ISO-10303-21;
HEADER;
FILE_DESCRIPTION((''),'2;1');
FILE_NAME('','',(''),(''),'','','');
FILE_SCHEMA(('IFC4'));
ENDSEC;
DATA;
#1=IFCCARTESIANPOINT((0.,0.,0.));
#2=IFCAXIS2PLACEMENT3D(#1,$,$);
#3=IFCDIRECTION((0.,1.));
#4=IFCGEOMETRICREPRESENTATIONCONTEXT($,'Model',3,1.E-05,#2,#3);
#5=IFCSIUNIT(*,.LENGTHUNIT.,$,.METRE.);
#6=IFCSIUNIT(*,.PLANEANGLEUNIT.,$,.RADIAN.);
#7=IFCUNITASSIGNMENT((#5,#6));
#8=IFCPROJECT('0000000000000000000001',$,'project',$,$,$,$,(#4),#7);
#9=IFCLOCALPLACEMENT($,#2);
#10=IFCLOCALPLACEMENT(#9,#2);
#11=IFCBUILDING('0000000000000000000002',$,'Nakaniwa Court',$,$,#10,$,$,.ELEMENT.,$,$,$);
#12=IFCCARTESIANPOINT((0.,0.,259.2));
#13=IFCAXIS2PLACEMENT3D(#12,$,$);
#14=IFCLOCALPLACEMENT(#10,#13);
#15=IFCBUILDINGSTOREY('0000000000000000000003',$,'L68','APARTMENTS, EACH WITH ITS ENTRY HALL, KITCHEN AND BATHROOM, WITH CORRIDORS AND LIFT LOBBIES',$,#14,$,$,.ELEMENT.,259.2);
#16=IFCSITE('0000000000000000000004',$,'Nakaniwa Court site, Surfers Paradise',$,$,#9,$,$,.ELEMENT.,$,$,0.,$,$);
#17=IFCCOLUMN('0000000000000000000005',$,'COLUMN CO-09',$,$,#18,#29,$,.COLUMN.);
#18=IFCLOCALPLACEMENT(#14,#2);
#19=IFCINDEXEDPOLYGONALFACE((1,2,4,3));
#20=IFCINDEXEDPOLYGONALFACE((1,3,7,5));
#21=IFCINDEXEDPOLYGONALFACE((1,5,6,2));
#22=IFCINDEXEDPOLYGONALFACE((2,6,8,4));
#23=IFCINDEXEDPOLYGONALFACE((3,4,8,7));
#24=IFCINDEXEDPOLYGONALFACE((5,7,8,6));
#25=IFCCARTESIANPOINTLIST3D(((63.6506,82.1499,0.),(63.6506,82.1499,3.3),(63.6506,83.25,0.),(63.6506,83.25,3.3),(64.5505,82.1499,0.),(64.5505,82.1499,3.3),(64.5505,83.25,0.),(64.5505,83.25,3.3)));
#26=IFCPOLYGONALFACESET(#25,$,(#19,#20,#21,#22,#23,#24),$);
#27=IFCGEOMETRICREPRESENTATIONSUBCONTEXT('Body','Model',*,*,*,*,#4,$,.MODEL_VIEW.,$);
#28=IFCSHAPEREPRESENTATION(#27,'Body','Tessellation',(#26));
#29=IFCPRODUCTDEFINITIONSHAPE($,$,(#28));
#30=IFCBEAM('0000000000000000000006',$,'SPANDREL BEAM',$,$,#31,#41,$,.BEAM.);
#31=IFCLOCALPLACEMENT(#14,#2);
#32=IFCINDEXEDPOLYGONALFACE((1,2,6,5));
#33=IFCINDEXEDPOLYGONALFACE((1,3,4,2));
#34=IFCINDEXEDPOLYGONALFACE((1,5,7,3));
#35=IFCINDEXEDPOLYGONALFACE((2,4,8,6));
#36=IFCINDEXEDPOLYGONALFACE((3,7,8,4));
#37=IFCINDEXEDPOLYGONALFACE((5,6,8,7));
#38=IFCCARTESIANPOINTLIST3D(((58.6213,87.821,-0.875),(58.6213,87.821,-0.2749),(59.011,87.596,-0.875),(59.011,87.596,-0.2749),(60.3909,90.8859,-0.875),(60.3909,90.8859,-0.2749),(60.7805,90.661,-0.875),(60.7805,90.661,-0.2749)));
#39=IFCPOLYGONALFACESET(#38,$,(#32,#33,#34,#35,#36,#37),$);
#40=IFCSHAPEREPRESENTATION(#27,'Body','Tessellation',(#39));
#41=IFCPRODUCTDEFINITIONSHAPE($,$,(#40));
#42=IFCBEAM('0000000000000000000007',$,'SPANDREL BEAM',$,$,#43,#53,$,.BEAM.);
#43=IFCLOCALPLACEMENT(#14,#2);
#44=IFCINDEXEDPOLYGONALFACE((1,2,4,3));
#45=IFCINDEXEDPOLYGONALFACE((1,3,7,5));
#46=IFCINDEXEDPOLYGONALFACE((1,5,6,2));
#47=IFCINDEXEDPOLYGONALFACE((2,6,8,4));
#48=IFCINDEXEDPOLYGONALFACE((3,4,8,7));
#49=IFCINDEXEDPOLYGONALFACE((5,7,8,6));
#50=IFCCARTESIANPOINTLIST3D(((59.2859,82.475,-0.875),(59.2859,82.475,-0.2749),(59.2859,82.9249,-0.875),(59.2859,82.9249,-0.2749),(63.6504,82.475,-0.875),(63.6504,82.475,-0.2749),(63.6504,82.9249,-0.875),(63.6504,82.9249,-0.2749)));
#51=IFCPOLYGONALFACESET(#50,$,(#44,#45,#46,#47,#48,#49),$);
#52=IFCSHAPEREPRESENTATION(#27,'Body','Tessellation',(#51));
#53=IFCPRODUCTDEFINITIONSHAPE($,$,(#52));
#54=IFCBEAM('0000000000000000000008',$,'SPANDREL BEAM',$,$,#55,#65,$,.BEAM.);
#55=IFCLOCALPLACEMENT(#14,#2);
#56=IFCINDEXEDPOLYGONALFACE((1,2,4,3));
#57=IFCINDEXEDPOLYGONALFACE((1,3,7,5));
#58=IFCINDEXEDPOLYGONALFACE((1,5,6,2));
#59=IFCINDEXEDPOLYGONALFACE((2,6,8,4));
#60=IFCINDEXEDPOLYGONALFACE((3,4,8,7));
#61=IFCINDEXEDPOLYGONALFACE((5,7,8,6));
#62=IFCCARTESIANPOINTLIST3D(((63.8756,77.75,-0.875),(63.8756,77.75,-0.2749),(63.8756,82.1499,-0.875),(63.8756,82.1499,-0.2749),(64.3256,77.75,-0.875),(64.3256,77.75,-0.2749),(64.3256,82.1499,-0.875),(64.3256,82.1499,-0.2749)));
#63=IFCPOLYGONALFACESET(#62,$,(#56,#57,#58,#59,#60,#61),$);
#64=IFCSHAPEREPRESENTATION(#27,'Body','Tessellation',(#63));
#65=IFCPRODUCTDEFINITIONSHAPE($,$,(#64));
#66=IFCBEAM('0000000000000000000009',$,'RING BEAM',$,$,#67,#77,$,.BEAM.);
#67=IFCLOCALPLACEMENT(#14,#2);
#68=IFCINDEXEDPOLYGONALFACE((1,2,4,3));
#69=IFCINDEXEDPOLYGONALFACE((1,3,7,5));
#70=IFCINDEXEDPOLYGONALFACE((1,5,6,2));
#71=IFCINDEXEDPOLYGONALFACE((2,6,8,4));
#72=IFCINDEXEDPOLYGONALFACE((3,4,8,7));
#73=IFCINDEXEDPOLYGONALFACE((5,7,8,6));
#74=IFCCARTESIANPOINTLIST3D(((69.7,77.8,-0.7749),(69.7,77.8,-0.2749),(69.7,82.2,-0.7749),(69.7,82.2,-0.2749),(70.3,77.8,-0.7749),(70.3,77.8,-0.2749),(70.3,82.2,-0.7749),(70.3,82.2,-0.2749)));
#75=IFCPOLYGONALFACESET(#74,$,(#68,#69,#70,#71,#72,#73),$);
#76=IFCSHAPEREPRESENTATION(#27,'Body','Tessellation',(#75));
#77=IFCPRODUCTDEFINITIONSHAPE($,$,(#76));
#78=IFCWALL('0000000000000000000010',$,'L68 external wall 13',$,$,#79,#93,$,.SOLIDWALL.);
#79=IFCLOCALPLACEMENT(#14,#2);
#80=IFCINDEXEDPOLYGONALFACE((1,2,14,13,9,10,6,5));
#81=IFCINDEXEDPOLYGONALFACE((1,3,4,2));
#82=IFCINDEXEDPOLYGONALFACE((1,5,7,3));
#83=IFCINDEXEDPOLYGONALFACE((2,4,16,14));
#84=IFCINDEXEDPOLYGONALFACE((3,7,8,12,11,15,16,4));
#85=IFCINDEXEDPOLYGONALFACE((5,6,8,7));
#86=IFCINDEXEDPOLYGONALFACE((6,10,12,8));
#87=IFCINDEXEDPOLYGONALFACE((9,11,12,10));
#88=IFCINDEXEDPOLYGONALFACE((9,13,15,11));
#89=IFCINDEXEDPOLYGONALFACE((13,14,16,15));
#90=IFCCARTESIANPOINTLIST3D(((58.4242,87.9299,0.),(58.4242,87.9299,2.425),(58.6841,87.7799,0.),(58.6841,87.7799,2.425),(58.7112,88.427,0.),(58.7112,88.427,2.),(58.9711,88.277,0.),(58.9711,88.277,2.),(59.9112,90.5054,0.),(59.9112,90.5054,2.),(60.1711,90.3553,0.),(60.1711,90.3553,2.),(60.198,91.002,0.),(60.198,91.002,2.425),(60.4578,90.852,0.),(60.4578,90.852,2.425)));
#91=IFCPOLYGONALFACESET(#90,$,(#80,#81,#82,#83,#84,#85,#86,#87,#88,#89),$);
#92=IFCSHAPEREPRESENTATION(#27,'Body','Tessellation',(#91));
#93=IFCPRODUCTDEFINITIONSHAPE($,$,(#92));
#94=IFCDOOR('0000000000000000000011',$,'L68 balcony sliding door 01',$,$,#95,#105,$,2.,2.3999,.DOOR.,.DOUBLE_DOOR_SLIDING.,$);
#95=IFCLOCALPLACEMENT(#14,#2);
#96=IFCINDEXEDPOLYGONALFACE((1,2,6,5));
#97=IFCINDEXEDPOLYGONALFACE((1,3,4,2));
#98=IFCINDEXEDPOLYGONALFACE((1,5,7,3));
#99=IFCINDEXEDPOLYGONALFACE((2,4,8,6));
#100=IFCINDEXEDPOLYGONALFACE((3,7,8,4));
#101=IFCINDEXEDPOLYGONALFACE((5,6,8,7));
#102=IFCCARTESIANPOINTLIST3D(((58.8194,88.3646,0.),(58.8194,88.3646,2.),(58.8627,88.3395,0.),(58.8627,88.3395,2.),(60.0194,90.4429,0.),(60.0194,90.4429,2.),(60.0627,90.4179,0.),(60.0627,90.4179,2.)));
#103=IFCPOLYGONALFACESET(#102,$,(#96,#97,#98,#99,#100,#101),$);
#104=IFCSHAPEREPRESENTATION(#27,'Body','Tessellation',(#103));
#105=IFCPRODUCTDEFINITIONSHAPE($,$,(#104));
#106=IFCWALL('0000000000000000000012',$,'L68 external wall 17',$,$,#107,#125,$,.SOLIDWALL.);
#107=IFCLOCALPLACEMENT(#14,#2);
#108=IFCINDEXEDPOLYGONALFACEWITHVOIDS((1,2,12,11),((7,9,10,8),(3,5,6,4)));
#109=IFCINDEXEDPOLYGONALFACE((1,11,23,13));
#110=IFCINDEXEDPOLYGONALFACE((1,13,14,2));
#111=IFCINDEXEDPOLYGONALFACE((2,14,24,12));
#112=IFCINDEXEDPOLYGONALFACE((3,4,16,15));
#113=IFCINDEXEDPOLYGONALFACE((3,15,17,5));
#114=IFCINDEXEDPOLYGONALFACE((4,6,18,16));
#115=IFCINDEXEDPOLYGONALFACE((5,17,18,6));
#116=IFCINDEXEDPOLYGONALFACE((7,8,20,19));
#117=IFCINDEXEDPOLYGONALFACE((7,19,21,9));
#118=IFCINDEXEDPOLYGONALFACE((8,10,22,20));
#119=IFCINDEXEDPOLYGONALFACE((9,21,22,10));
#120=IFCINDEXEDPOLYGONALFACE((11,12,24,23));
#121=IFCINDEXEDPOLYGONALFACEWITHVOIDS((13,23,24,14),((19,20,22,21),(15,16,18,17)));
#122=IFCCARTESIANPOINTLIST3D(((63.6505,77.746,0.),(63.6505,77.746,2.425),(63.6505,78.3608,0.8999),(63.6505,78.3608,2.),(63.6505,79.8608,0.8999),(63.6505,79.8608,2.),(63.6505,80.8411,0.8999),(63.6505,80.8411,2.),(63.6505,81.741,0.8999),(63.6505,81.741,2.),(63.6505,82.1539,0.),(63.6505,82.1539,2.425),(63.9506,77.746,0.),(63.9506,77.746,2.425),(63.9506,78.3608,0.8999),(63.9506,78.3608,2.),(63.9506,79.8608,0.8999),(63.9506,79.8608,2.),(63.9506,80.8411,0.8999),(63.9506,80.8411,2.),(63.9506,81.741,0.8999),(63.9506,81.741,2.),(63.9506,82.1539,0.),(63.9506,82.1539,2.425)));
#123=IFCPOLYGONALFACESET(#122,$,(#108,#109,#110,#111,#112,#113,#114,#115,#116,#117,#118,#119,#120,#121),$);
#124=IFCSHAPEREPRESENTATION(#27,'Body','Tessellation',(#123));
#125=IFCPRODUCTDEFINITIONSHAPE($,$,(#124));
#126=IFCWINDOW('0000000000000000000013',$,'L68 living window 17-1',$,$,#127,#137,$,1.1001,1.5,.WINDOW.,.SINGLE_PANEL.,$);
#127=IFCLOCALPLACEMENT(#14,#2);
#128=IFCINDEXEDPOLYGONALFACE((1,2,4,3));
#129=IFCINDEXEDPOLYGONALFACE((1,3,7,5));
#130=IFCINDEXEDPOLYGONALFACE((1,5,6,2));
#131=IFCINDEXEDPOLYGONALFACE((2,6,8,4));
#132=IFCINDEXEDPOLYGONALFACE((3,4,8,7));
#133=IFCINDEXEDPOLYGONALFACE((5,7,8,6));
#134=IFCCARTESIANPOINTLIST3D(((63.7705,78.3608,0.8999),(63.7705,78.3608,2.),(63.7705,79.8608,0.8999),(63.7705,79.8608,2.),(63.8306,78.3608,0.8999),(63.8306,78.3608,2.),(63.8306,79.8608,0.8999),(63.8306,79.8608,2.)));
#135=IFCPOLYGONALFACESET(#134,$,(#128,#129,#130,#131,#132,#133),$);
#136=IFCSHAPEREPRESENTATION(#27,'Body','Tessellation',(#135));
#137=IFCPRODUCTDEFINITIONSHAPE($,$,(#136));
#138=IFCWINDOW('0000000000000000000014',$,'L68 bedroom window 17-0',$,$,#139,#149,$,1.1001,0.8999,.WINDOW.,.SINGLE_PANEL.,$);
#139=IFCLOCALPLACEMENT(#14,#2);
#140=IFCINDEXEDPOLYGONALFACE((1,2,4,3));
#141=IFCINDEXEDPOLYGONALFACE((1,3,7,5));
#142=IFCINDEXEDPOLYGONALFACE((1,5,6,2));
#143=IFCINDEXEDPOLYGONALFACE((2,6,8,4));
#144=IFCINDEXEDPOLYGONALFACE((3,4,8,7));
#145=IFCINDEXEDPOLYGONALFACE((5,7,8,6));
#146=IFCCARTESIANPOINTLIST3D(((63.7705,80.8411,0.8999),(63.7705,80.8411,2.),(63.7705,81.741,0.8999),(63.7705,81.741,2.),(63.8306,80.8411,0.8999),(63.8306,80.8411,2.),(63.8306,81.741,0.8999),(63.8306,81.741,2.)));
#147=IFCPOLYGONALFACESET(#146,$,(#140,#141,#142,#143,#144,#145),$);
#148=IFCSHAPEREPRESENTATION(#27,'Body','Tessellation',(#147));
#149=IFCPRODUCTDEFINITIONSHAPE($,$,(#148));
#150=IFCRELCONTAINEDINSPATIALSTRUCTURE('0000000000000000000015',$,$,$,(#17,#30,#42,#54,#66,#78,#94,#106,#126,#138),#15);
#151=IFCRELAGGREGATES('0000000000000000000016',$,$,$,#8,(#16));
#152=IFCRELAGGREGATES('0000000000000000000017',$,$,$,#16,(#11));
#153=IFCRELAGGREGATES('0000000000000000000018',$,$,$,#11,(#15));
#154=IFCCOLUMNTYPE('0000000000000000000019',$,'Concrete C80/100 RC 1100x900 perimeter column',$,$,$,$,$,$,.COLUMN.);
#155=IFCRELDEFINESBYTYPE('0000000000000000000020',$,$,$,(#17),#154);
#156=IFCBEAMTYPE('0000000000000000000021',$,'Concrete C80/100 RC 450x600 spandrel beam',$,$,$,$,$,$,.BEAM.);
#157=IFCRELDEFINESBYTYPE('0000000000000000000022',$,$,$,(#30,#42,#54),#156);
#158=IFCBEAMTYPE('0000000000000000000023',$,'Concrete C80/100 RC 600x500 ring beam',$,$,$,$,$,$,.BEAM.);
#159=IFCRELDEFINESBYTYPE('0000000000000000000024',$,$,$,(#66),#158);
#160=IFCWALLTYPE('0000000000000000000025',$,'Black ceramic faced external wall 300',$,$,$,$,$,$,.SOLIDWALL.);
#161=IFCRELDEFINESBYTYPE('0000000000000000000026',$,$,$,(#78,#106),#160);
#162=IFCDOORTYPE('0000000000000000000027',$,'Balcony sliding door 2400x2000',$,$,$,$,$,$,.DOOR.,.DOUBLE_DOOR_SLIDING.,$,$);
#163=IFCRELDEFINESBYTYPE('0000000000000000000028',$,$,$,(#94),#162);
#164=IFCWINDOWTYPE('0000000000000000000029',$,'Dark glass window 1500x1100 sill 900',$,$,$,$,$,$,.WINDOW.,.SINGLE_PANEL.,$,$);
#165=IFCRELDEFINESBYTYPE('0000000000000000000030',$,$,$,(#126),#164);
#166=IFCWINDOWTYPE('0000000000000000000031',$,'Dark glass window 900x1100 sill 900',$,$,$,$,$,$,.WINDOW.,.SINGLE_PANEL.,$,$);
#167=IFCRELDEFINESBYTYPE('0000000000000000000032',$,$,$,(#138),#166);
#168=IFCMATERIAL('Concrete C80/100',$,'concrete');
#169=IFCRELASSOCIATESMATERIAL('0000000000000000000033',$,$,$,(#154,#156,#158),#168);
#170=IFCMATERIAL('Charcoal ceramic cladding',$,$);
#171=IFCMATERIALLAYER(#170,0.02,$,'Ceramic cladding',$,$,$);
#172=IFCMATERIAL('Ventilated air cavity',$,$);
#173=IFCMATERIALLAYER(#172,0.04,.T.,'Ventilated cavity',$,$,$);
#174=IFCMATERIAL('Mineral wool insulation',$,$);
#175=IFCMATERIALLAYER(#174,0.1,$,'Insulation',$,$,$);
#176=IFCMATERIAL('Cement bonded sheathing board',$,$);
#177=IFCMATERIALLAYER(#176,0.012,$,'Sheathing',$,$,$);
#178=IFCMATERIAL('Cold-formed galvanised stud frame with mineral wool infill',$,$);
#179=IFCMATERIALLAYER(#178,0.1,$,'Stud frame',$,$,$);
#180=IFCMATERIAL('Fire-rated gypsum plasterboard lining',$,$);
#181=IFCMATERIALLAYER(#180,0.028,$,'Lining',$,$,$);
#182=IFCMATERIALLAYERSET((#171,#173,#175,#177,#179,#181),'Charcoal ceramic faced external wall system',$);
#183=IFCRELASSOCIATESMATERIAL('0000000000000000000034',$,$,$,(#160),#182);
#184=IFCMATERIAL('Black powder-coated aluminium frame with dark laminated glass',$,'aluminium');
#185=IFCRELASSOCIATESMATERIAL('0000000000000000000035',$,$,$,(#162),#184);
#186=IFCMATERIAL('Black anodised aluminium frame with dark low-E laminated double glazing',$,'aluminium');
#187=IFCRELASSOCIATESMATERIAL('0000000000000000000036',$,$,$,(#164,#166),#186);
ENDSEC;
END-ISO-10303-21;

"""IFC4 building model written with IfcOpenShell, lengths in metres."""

from ifc_helpers import new_model, si_unit, direction, frame, frame_2d, origin, origin_2d, place, context, subcontext, project, spatial, rectangle, extrude, material, layer, layer_set, material_profile, profile_set, type_object, element, fill, save


model = new_model("IFC4")

# Units and contexts
model_context = context("Model", 3, precision=1e-05, world=origin(), true_north=direction((0.0, 1.0)))
body_context = subcontext(model_context, "Body", "Model", "MODEL_VIEW")
ifc_project = project(units=[si_unit("LENGTHUNIT", "METRE"), si_unit("PLANEANGLEUNIT", "RADIAN")], contexts=[model_context])

# Site, building, storey
site_placement = place(None, origin())
site = spatial("IfcSite", under=ifc_project, at=site_placement, Name="Nakaniwa Court site, Surfers Paradise", CompositionType="ELEMENT", RefElevation=0.0)
building_placement = place(site_placement, origin())
building = spatial("IfcBuilding", under=site, at=building_placement, Name="Nakaniwa Court", CompositionType="ELEMENT")
storey_placement = place(building_placement, frame((0.0, 0.0, 259.2)))
storey = spatial("IfcBuildingStorey", under=building, at=storey_placement, Name="L68", Description="APARTMENTS, EACH WITH ITS ENTRY HALL, KITCHEN AND BATHROOM, WITH CORRIDORS AND LIFT LOBBIES", CompositionType="ELEMENT", Elevation=259.2)

# Column
ifc_material_1 = material(Name="Concrete C80/100", Category="concrete")
ifc_material_profile_1 = material_profile(ifc_material_1, rectangle(XDim=1.1001, YDim=0.8999, at=origin_2d()), Name="Concrete C80/100 RC 1100x900 perimeter column")
ifc_profile_set_1 = profile_set([ifc_material_profile_1], Name="Concrete C80/100")
column_type = type_object("IfcColumnType", Name="Concrete C80/100 RC 1100x900 perimeter column", PredefinedType="COLUMN", material=ifc_profile_set_1)
column_placement = place(storey_placement, frame((64.1006, 82.7, 0.0), z_axis=(0.0, 0.0, 1.0), x_axis=(0.0, -1.0, 0.0)))
element("IfcColumn", 1, at=column_placement, inside=storey, type_object=column_type, Name="COLUMN CO-09", PredefinedType="COLUMN", context=body_context, shape_type="SweptSolid", body=[
    extrude(rectangle(XDim=1.1001, YDim=0.8999, at=origin_2d()), origin(), (0.0, 0.0, 1.0), 3.3),
])

# Beams
ifc_material_profile_2 = material_profile(ifc_material_1, rectangle(XDim=0.45, YDim=0.6001, at=origin_2d()), Name="Concrete C80/100 RC 450x600 spandrel beam")
ifc_profile_set_2 = profile_set([ifc_material_profile_2], Name="Concrete C80/100")
beam_type_1 = type_object("IfcBeamType", Name="Concrete C80/100 RC 450x600 spandrel beam", PredefinedType="BEAM", material=ifc_profile_set_2)
beam_1_placement = place(storey_placement, frame((60.5857, 90.7734, -0.575), z_axis=(-0.499997, -0.866027, 0.0), x_axis=(0.866027, -0.499997, 0.0)))
element("IfcBeam", 2, at=beam_1_placement, inside=storey, type_object=beam_type_1, Name="SPANDREL BEAM", PredefinedType="BEAM", context=body_context, shape_type="SweptSolid", body=[
    extrude(rectangle(XDim=0.45, YDim=0.6001, at=origin_2d()), origin(), (0.0, 0.0, 1.0), 3.5391),
])
beam_2_placement = place(storey_placement, frame((59.2859, 82.7, -0.575), z_axis=(1.0, 0.0, 0.0), x_axis=(0.0, 1.0, 0.0)))
element("IfcBeam", 3, at=beam_2_placement, inside=storey, type_object=beam_type_1, Name="SPANDREL BEAM", PredefinedType="BEAM", context=body_context, shape_type="SweptSolid", body=[
    extrude(rectangle(XDim=0.45, YDim=0.6001, at=origin_2d()), origin(), (0.0, 0.0, 1.0), 4.3645),
])
beam_3_placement = place(storey_placement, frame((64.1006, 82.1499, -0.575), z_axis=(0.0, -1.0, 0.0), x_axis=(1.0, 0.0, 0.0)))
element("IfcBeam", 4, at=beam_3_placement, inside=storey, type_object=beam_type_1, Name="SPANDREL BEAM", PredefinedType="BEAM", context=body_context, shape_type="SweptSolid", body=[
    extrude(rectangle(XDim=0.45, YDim=0.6001, at=origin_2d()), origin(), (0.0, 0.0, 1.0), 4.3999),
])
ifc_material_profile_3 = material_profile(ifc_material_1, rectangle(XDim=0.6001, YDim=0.5, at=origin_2d()), Name="Concrete C80/100 RC 600x500 ring beam")
ifc_profile_set_3 = profile_set([ifc_material_profile_3], Name="Concrete C80/100")
beam_type_2 = type_object("IfcBeamType", Name="Concrete C80/100 RC 600x500 ring beam", PredefinedType="BEAM", material=ifc_profile_set_3)
beam_4_placement = place(storey_placement, frame((70.0, 82.2, -0.5249), z_axis=(0.0, -1.0, 0.0), x_axis=(1.0, 0.0, 0.0)))
element("IfcBeam", 5, at=beam_4_placement, inside=storey, type_object=beam_type_2, Name="RING BEAM", PredefinedType="BEAM", context=body_context, shape_type="SweptSolid", body=[
    extrude(rectangle(XDim=0.6001, YDim=0.5, at=origin_2d()), origin(), (0.0, 0.0, 1.0), 4.3999),
])

# Wall, opening, door
ifc_material_2 = material(Name="Charcoal ceramic cladding")
ifc_layer_1 = layer(ifc_material_2, 0.02, Name="Ceramic cladding")
ifc_material_3 = material(Name="Ventilated air cavity")
ifc_layer_2 = layer(ifc_material_3, 0.04, ventilated=True, Name="Ventilated cavity")
ifc_material_4 = material(Name="Mineral wool insulation")
ifc_layer_3 = layer(ifc_material_4, 0.1, Name="Insulation")
ifc_material_5 = material(Name="Cement bonded sheathing board")
ifc_layer_4 = layer(ifc_material_5, 0.012, Name="Sheathing")
ifc_material_6 = material(Name="Cold-formed galvanised stud frame with mineral wool infill")
ifc_layer_5 = layer(ifc_material_6, 0.1, Name="Stud frame")
ifc_material_7 = material(Name="Fire-rated gypsum plasterboard lining")
ifc_layer_6 = layer(ifc_material_7, 0.028, Name="Lining")
ifc_layer_set_1 = layer_set([ifc_layer_1, ifc_layer_2, ifc_layer_3, ifc_layer_4, ifc_layer_5, ifc_layer_6], Name="Charcoal ceramic faced external wall system")
wall_type_1 = type_object("IfcWallType", Name="Black ceramic faced external wall 300", PredefinedType="SOLIDWALL", material=ifc_layer_set_1)
wall_1_placement = place(storey_placement, frame((60.3279, 90.927, 0.0), z_axis=(0.0, 0.0, 1.0), x_axis=(-0.50001, -0.866019, 0.0)))
wall_1 = element("IfcWall", 6, at=wall_1_placement, inside=storey, type_object=wall_type_1, Name="L68 external wall 13", PredefinedType="SOLIDWALL", context=body_context, shape_type="SweptSolid", body=[
    extrude(rectangle(XDim=3.5474, YDim=0.3, at=frame_2d((1.7737, 0.0))), origin(), (0.0, 0.0, 1.0), 2.425),
])
opening_1_placement = place(wall_1_placement, frame((0.5735, 0.0, 0.0)))
opening_1 = element("IfcOpeningElement", 7, at=opening_1_placement, cuts=wall_1, PredefinedType="OPENING", context=body_context, shape_type="SweptSolid", body=[
    extrude(rectangle(XDim=2.3999, YDim=2.0, at=frame_2d((1.2, 1.0))), frame((0.0, 0.1599, 0.0), z_axis=(0.0, -1.0, 0.0), x_axis=(1.0, 0.0, 0.0)), (0.0, 0.0, 1.0), 0.3201),
])
ifc_material_8 = material(Name="Black powder-coated aluminium frame with dark laminated glass", Category="aluminium")
door_type_1 = type_object("IfcDoorType", Name="Balcony sliding door 2400x2000", OperationType="DOUBLE_DOOR_SLIDING", PredefinedType="DOOR", material=ifc_material_8)
door_1_placement = place(opening_1_placement, origin())
door_1 = element("IfcDoor", 8, at=door_1_placement, inside=storey, type_object=door_type_1, Name="L68 balcony sliding door 01", OperationType="DOUBLE_DOOR_SLIDING", OverallHeight=2.0, OverallWidth=2.3999, PredefinedType="DOOR", context=body_context, shape_type="SweptSolid", body=[
    extrude(rectangle(XDim=2.3999, YDim=2.0, at=frame_2d((1.2, 1.0))), frame((0.0, 0.0249, 0.0), z_axis=(0.0, -1.0, 0.0), x_axis=(1.0, 0.0, 0.0)), (0.0, 0.0, 1.0), 0.05),
])
fill(opening_1, door_1)

# Wall, openings, windows
wall_2_placement = place(storey_placement, frame((63.8005, 82.1541, 0.0), z_axis=(0.0, 0.0, 1.0), x_axis=(0.0, -1.0, 0.0)))
wall_2 = element("IfcWall", 9, at=wall_2_placement, inside=storey, type_object=wall_type_1, Name="L68 external wall 17", PredefinedType="SOLIDWALL", context=body_context, shape_type="SweptSolid", body=[
    extrude(rectangle(XDim=4.408, YDim=0.3, at=frame_2d((2.2041, 0.0))), origin(), (0.0, 0.0, 1.0), 2.425),
])
opening_2_placement = place(wall_2_placement, frame((0.4131, 0.0, 0.8999)))
opening_2 = element("IfcOpeningElement", 10, at=opening_2_placement, cuts=wall_2, PredefinedType="OPENING", context=body_context, shape_type="SweptSolid", body=[
    extrude(rectangle(XDim=0.8999, YDim=1.1001, at=frame_2d((0.45, 0.55))), frame((0.0, 0.1599, 0.0), z_axis=(0.0, -1.0, 0.0), x_axis=(1.0, 0.0, 0.0)), (0.0, 0.0, 1.0), 0.3201),
])
opening_3_placement = place(wall_2_placement, frame((2.2932, 0.0, 0.8999)))
opening_3 = element("IfcOpeningElement", 11, at=opening_3_placement, cuts=wall_2, PredefinedType="OPENING", context=body_context, shape_type="SweptSolid", body=[
    extrude(rectangle(XDim=1.5, YDim=1.1001, at=frame_2d((0.75, 0.55))), frame((0.0, 0.1599, 0.0), z_axis=(0.0, -1.0, 0.0), x_axis=(1.0, 0.0, 0.0)), (0.0, 0.0, 1.0), 0.3201),
])
ifc_material_9 = material(Name="Black anodised aluminium frame with dark low-E laminated double glazing", Category="aluminium")
window_type_1 = type_object("IfcWindowType", Name="Dark glass window 1500x1100 sill 900", PartitioningType="SINGLE_PANEL", PredefinedType="WINDOW", material=ifc_material_9)
window_1_placement = place(opening_3_placement, origin())
window_1 = element("IfcWindow", 12, at=window_1_placement, inside=storey, type_object=window_type_1, Name="L68 living window 17-1", OverallHeight=1.1001, OverallWidth=1.5, PartitioningType="SINGLE_PANEL", PredefinedType="WINDOW", context=body_context, shape_type="SweptSolid", body=[
    extrude(rectangle(XDim=1.5, YDim=1.1001, at=frame_2d((0.75, 0.55))), frame((0.0, 0.03, 0.0), z_axis=(0.0, -1.0, 0.0), x_axis=(1.0, 0.0, 0.0)), (0.0, 0.0, 1.0), 0.0601),
])
fill(opening_3, window_1)
window_type_2 = type_object("IfcWindowType", Name="Dark glass window 900x1100 sill 900", PartitioningType="SINGLE_PANEL", PredefinedType="WINDOW", material=ifc_material_9)
window_2_placement = place(opening_2_placement, origin())
window_2 = element("IfcWindow", 13, at=window_2_placement, inside=storey, type_object=window_type_2, Name="L68 bedroom window 17-0", OverallHeight=1.1001, OverallWidth=0.8999, PartitioningType="SINGLE_PANEL", PredefinedType="WINDOW", context=body_context, shape_type="SweptSolid", body=[
    extrude(rectangle(XDim=0.8999, YDim=1.1001, at=frame_2d((0.45, 0.55))), frame((0.0, 0.03, 0.0), z_axis=(0.0, -1.0, 0.0), x_axis=(1.0, 0.0, 0.0)), (0.0, 0.0, 1.0), 0.0601),
])
fill(opening_2, window_2)

save(model, "model.ifc")
